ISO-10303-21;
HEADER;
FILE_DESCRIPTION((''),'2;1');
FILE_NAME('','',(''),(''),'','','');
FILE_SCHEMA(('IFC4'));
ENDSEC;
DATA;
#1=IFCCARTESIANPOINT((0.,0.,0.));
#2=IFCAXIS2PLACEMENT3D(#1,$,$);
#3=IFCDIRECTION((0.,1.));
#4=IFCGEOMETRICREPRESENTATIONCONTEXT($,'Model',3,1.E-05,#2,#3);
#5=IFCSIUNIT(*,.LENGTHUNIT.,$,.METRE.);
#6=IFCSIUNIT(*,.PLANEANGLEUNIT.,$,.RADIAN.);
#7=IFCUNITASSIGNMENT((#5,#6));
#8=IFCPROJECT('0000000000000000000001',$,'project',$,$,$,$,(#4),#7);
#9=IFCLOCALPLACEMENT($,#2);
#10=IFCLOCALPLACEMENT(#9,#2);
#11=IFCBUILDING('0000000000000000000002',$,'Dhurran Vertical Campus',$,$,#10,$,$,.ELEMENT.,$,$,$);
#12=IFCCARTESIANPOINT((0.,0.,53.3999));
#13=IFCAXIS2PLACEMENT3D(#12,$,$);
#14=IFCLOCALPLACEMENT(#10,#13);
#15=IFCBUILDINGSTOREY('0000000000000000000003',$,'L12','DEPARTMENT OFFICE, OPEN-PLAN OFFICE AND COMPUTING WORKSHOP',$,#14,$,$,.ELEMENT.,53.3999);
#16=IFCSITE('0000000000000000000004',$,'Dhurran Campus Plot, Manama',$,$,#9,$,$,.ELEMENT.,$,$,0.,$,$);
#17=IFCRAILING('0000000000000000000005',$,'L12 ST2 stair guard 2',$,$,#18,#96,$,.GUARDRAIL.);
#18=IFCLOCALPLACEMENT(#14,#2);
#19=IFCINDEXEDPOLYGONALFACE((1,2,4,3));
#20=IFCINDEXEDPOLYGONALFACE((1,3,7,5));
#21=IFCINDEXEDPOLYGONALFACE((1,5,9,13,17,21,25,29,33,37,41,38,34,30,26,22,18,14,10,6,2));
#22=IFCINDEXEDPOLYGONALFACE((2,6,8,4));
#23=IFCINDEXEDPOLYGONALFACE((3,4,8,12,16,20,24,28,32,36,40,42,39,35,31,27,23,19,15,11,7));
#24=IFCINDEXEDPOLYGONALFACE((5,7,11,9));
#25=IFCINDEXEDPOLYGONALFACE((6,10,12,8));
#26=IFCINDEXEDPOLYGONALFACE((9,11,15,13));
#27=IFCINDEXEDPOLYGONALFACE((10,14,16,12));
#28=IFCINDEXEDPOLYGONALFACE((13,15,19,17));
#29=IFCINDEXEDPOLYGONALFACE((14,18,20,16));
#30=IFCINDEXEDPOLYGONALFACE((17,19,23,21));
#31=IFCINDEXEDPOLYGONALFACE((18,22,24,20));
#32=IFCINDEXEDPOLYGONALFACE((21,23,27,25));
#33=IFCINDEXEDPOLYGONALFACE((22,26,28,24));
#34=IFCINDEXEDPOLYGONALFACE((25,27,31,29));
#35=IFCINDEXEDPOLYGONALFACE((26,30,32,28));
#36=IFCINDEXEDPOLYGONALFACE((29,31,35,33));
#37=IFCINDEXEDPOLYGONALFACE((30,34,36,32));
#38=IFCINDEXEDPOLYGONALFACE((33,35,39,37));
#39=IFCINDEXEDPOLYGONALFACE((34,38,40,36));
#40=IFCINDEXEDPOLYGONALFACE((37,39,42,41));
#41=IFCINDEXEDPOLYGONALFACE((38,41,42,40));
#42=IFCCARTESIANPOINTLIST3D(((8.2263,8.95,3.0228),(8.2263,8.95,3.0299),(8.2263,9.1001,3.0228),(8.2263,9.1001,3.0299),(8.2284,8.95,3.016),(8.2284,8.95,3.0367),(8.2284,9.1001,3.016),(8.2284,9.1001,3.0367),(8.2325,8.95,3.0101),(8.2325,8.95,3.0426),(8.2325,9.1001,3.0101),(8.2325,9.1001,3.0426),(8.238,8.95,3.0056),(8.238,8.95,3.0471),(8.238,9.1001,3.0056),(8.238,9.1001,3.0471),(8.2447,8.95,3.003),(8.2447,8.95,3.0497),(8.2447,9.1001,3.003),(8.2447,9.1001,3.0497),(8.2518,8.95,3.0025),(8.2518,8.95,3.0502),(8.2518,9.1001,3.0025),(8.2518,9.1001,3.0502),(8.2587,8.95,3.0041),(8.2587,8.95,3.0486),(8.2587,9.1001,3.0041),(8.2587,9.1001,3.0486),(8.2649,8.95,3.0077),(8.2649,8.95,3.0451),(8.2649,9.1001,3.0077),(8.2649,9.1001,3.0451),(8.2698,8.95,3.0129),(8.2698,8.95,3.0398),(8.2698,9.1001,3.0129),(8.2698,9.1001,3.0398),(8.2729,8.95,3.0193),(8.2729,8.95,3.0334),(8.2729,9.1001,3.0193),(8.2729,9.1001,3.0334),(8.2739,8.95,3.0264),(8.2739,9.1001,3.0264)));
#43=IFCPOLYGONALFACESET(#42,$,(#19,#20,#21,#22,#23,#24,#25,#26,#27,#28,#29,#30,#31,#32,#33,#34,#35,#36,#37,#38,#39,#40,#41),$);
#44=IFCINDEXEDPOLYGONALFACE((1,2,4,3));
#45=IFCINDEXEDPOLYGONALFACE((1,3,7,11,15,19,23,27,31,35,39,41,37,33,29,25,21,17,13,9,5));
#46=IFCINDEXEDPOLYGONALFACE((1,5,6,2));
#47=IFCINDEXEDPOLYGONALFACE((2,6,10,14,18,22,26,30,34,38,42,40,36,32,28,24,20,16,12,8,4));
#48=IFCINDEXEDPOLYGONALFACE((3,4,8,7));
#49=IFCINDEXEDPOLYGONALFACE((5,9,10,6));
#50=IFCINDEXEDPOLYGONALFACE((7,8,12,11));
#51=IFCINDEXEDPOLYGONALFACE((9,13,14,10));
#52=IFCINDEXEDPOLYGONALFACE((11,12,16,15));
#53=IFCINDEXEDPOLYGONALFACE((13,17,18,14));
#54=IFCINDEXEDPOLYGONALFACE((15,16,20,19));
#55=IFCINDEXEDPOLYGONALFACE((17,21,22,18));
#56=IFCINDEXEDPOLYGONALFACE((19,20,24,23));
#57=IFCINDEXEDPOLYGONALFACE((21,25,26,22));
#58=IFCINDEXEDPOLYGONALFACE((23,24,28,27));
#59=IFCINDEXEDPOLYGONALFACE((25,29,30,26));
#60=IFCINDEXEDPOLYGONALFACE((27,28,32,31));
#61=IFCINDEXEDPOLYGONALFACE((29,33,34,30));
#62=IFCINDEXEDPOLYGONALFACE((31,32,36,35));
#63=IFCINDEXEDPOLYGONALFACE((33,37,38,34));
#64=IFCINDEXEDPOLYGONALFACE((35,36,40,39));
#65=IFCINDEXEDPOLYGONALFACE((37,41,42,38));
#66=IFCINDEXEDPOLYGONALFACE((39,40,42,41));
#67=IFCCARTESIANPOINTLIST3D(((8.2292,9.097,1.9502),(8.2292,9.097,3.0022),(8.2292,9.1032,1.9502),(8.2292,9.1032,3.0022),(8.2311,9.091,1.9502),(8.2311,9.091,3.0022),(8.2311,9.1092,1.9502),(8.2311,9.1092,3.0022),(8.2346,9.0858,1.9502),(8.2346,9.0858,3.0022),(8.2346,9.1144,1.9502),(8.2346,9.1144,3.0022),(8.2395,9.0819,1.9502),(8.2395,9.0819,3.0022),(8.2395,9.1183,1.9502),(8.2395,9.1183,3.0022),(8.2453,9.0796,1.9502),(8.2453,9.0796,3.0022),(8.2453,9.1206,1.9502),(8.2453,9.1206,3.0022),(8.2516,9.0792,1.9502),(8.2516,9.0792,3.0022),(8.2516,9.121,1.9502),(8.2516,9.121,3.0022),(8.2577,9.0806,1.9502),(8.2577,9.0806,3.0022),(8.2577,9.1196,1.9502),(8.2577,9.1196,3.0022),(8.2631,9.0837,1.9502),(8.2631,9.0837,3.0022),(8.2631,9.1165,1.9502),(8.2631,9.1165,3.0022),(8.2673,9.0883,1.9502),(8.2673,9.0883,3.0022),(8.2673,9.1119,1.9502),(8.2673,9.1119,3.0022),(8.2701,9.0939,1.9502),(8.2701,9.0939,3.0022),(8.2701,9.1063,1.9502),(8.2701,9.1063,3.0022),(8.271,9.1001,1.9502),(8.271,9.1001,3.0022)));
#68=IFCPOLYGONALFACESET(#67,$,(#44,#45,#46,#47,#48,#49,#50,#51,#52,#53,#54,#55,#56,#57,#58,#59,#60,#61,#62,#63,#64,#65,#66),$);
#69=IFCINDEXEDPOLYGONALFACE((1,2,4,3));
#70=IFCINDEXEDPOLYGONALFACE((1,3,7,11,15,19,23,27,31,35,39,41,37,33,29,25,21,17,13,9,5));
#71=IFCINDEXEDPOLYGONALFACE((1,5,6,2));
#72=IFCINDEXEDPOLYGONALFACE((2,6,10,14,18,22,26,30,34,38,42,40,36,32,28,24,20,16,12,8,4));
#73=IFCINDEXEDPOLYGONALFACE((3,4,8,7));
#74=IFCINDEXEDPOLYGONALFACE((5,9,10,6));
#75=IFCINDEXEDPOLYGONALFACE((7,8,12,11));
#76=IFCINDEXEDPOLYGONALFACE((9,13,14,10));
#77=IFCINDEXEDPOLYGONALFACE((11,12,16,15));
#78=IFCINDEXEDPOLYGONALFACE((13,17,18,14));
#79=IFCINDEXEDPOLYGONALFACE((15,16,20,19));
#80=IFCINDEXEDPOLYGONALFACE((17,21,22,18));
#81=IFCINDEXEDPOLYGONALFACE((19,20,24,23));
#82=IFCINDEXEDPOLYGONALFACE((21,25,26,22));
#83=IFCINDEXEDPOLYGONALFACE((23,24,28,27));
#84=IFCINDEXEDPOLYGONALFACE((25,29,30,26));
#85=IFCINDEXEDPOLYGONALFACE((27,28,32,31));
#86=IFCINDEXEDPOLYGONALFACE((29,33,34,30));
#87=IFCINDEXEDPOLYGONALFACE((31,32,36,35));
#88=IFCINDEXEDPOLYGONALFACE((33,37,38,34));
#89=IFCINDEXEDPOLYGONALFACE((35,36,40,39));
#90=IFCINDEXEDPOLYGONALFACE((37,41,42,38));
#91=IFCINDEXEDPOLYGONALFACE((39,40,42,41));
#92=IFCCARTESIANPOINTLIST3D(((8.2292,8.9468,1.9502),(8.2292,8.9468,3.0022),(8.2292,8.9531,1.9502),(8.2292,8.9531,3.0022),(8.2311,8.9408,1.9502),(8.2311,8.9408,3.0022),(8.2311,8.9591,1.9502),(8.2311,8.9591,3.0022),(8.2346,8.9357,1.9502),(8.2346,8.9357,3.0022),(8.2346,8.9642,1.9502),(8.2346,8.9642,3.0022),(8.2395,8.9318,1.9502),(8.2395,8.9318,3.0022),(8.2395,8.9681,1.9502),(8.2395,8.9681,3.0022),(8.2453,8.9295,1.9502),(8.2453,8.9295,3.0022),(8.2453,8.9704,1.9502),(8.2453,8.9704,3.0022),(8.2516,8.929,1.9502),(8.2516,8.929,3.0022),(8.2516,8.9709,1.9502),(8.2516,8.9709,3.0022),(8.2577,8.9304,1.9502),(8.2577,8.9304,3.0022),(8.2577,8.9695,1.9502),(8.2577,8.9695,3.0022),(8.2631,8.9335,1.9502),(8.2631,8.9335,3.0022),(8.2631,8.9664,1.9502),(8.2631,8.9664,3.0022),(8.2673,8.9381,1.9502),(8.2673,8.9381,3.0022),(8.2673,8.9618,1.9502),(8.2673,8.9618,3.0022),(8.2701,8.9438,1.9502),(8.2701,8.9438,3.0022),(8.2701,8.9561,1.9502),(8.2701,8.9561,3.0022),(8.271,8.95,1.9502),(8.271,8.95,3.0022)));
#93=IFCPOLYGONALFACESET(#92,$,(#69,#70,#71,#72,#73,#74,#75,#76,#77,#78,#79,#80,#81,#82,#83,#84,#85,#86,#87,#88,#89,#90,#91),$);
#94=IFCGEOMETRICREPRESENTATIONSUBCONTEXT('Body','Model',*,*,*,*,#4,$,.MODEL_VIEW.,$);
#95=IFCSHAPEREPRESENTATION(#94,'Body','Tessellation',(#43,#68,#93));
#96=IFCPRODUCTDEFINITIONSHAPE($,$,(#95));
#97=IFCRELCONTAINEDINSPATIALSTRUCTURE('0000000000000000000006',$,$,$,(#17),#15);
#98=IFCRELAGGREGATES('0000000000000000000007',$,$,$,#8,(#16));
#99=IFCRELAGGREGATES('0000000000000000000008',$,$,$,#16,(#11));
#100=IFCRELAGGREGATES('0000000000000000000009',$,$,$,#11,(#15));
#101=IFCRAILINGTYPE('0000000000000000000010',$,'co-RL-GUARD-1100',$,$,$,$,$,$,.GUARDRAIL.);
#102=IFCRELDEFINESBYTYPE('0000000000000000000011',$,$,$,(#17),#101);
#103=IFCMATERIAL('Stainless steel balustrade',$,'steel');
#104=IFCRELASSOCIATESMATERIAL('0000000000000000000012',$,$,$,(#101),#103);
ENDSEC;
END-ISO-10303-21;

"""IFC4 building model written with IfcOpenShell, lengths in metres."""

from ifc_helpers import new_model, si_unit, direction, frame, origin, origin_2d, place, context, subcontext, project, spatial, circle, extrude, material, type_object, element, save


model = new_model("IFC4")

# Units and contexts
model_context = context("Model", 3, precision=1e-05, world=origin(), true_north=direction((0.0, 1.0)))
body_context = subcontext(model_context, "Body", "Model", "MODEL_VIEW")
ifc_project = project(units=[si_unit("LENGTHUNIT", "METRE"), si_unit("PLANEANGLEUNIT", "RADIAN")], contexts=[model_context])

# Site, building, storey
site_placement = place(None, origin())
site = spatial("IfcSite", under=ifc_project, at=site_placement, Name="Dhurran Campus Plot, Manama", CompositionType="ELEMENT", RefElevation=0.0)
building_placement = place(site_placement, origin())
building = spatial("IfcBuilding", under=site, at=building_placement, Name="Dhurran Vertical Campus", CompositionType="ELEMENT")
storey_placement = place(building_placement, frame((0.0, 0.0, 53.3999)))
storey = spatial("IfcBuildingStorey", under=building, at=storey_placement, Name="L12", Description="DEPARTMENT OFFICE, OPEN-PLAN OFFICE AND COMPUTING WORKSHOP", CompositionType="ELEMENT", Elevation=53.3999)

# Railing
ifc_material_1 = material(Name="Stainless steel balustrade", Category="steel")
railing_type_1 = type_object("IfcRailingType", Name="co-RL-GUARD-1100", PredefinedType="GUARDRAIL", material=ifc_material_1)
railing_1_placement = place(storey_placement, frame((8.25, 9.1001, 1.9502)))
element("IfcRailing", 1, at=railing_1_placement, inside=storey, type_object=railing_type_1, Name="L12 ST2 stair guard 2", PredefinedType="GUARDRAIL", context=body_context, shape_type="SweptSolid", body=[
    extrude(circle(Radius=0.0239, at=origin_2d()), frame((0.0, 0.0, 1.0762), z_axis=(0.0, -1.0, 0.0), x_axis=(1.0, 0.0, 0.0)), (0.0, 0.0, 1.0), 0.1501),
    extrude(circle(Radius=0.021, at=origin_2d()), origin(), (0.0, 0.0, 1.0), 1.052),
    extrude(circle(Radius=0.021, at=origin_2d()), frame((0.0, -0.1501, 0.0)), (0.0, 0.0, 1.0), 1.052),
])

save(model, "model.ifc")
